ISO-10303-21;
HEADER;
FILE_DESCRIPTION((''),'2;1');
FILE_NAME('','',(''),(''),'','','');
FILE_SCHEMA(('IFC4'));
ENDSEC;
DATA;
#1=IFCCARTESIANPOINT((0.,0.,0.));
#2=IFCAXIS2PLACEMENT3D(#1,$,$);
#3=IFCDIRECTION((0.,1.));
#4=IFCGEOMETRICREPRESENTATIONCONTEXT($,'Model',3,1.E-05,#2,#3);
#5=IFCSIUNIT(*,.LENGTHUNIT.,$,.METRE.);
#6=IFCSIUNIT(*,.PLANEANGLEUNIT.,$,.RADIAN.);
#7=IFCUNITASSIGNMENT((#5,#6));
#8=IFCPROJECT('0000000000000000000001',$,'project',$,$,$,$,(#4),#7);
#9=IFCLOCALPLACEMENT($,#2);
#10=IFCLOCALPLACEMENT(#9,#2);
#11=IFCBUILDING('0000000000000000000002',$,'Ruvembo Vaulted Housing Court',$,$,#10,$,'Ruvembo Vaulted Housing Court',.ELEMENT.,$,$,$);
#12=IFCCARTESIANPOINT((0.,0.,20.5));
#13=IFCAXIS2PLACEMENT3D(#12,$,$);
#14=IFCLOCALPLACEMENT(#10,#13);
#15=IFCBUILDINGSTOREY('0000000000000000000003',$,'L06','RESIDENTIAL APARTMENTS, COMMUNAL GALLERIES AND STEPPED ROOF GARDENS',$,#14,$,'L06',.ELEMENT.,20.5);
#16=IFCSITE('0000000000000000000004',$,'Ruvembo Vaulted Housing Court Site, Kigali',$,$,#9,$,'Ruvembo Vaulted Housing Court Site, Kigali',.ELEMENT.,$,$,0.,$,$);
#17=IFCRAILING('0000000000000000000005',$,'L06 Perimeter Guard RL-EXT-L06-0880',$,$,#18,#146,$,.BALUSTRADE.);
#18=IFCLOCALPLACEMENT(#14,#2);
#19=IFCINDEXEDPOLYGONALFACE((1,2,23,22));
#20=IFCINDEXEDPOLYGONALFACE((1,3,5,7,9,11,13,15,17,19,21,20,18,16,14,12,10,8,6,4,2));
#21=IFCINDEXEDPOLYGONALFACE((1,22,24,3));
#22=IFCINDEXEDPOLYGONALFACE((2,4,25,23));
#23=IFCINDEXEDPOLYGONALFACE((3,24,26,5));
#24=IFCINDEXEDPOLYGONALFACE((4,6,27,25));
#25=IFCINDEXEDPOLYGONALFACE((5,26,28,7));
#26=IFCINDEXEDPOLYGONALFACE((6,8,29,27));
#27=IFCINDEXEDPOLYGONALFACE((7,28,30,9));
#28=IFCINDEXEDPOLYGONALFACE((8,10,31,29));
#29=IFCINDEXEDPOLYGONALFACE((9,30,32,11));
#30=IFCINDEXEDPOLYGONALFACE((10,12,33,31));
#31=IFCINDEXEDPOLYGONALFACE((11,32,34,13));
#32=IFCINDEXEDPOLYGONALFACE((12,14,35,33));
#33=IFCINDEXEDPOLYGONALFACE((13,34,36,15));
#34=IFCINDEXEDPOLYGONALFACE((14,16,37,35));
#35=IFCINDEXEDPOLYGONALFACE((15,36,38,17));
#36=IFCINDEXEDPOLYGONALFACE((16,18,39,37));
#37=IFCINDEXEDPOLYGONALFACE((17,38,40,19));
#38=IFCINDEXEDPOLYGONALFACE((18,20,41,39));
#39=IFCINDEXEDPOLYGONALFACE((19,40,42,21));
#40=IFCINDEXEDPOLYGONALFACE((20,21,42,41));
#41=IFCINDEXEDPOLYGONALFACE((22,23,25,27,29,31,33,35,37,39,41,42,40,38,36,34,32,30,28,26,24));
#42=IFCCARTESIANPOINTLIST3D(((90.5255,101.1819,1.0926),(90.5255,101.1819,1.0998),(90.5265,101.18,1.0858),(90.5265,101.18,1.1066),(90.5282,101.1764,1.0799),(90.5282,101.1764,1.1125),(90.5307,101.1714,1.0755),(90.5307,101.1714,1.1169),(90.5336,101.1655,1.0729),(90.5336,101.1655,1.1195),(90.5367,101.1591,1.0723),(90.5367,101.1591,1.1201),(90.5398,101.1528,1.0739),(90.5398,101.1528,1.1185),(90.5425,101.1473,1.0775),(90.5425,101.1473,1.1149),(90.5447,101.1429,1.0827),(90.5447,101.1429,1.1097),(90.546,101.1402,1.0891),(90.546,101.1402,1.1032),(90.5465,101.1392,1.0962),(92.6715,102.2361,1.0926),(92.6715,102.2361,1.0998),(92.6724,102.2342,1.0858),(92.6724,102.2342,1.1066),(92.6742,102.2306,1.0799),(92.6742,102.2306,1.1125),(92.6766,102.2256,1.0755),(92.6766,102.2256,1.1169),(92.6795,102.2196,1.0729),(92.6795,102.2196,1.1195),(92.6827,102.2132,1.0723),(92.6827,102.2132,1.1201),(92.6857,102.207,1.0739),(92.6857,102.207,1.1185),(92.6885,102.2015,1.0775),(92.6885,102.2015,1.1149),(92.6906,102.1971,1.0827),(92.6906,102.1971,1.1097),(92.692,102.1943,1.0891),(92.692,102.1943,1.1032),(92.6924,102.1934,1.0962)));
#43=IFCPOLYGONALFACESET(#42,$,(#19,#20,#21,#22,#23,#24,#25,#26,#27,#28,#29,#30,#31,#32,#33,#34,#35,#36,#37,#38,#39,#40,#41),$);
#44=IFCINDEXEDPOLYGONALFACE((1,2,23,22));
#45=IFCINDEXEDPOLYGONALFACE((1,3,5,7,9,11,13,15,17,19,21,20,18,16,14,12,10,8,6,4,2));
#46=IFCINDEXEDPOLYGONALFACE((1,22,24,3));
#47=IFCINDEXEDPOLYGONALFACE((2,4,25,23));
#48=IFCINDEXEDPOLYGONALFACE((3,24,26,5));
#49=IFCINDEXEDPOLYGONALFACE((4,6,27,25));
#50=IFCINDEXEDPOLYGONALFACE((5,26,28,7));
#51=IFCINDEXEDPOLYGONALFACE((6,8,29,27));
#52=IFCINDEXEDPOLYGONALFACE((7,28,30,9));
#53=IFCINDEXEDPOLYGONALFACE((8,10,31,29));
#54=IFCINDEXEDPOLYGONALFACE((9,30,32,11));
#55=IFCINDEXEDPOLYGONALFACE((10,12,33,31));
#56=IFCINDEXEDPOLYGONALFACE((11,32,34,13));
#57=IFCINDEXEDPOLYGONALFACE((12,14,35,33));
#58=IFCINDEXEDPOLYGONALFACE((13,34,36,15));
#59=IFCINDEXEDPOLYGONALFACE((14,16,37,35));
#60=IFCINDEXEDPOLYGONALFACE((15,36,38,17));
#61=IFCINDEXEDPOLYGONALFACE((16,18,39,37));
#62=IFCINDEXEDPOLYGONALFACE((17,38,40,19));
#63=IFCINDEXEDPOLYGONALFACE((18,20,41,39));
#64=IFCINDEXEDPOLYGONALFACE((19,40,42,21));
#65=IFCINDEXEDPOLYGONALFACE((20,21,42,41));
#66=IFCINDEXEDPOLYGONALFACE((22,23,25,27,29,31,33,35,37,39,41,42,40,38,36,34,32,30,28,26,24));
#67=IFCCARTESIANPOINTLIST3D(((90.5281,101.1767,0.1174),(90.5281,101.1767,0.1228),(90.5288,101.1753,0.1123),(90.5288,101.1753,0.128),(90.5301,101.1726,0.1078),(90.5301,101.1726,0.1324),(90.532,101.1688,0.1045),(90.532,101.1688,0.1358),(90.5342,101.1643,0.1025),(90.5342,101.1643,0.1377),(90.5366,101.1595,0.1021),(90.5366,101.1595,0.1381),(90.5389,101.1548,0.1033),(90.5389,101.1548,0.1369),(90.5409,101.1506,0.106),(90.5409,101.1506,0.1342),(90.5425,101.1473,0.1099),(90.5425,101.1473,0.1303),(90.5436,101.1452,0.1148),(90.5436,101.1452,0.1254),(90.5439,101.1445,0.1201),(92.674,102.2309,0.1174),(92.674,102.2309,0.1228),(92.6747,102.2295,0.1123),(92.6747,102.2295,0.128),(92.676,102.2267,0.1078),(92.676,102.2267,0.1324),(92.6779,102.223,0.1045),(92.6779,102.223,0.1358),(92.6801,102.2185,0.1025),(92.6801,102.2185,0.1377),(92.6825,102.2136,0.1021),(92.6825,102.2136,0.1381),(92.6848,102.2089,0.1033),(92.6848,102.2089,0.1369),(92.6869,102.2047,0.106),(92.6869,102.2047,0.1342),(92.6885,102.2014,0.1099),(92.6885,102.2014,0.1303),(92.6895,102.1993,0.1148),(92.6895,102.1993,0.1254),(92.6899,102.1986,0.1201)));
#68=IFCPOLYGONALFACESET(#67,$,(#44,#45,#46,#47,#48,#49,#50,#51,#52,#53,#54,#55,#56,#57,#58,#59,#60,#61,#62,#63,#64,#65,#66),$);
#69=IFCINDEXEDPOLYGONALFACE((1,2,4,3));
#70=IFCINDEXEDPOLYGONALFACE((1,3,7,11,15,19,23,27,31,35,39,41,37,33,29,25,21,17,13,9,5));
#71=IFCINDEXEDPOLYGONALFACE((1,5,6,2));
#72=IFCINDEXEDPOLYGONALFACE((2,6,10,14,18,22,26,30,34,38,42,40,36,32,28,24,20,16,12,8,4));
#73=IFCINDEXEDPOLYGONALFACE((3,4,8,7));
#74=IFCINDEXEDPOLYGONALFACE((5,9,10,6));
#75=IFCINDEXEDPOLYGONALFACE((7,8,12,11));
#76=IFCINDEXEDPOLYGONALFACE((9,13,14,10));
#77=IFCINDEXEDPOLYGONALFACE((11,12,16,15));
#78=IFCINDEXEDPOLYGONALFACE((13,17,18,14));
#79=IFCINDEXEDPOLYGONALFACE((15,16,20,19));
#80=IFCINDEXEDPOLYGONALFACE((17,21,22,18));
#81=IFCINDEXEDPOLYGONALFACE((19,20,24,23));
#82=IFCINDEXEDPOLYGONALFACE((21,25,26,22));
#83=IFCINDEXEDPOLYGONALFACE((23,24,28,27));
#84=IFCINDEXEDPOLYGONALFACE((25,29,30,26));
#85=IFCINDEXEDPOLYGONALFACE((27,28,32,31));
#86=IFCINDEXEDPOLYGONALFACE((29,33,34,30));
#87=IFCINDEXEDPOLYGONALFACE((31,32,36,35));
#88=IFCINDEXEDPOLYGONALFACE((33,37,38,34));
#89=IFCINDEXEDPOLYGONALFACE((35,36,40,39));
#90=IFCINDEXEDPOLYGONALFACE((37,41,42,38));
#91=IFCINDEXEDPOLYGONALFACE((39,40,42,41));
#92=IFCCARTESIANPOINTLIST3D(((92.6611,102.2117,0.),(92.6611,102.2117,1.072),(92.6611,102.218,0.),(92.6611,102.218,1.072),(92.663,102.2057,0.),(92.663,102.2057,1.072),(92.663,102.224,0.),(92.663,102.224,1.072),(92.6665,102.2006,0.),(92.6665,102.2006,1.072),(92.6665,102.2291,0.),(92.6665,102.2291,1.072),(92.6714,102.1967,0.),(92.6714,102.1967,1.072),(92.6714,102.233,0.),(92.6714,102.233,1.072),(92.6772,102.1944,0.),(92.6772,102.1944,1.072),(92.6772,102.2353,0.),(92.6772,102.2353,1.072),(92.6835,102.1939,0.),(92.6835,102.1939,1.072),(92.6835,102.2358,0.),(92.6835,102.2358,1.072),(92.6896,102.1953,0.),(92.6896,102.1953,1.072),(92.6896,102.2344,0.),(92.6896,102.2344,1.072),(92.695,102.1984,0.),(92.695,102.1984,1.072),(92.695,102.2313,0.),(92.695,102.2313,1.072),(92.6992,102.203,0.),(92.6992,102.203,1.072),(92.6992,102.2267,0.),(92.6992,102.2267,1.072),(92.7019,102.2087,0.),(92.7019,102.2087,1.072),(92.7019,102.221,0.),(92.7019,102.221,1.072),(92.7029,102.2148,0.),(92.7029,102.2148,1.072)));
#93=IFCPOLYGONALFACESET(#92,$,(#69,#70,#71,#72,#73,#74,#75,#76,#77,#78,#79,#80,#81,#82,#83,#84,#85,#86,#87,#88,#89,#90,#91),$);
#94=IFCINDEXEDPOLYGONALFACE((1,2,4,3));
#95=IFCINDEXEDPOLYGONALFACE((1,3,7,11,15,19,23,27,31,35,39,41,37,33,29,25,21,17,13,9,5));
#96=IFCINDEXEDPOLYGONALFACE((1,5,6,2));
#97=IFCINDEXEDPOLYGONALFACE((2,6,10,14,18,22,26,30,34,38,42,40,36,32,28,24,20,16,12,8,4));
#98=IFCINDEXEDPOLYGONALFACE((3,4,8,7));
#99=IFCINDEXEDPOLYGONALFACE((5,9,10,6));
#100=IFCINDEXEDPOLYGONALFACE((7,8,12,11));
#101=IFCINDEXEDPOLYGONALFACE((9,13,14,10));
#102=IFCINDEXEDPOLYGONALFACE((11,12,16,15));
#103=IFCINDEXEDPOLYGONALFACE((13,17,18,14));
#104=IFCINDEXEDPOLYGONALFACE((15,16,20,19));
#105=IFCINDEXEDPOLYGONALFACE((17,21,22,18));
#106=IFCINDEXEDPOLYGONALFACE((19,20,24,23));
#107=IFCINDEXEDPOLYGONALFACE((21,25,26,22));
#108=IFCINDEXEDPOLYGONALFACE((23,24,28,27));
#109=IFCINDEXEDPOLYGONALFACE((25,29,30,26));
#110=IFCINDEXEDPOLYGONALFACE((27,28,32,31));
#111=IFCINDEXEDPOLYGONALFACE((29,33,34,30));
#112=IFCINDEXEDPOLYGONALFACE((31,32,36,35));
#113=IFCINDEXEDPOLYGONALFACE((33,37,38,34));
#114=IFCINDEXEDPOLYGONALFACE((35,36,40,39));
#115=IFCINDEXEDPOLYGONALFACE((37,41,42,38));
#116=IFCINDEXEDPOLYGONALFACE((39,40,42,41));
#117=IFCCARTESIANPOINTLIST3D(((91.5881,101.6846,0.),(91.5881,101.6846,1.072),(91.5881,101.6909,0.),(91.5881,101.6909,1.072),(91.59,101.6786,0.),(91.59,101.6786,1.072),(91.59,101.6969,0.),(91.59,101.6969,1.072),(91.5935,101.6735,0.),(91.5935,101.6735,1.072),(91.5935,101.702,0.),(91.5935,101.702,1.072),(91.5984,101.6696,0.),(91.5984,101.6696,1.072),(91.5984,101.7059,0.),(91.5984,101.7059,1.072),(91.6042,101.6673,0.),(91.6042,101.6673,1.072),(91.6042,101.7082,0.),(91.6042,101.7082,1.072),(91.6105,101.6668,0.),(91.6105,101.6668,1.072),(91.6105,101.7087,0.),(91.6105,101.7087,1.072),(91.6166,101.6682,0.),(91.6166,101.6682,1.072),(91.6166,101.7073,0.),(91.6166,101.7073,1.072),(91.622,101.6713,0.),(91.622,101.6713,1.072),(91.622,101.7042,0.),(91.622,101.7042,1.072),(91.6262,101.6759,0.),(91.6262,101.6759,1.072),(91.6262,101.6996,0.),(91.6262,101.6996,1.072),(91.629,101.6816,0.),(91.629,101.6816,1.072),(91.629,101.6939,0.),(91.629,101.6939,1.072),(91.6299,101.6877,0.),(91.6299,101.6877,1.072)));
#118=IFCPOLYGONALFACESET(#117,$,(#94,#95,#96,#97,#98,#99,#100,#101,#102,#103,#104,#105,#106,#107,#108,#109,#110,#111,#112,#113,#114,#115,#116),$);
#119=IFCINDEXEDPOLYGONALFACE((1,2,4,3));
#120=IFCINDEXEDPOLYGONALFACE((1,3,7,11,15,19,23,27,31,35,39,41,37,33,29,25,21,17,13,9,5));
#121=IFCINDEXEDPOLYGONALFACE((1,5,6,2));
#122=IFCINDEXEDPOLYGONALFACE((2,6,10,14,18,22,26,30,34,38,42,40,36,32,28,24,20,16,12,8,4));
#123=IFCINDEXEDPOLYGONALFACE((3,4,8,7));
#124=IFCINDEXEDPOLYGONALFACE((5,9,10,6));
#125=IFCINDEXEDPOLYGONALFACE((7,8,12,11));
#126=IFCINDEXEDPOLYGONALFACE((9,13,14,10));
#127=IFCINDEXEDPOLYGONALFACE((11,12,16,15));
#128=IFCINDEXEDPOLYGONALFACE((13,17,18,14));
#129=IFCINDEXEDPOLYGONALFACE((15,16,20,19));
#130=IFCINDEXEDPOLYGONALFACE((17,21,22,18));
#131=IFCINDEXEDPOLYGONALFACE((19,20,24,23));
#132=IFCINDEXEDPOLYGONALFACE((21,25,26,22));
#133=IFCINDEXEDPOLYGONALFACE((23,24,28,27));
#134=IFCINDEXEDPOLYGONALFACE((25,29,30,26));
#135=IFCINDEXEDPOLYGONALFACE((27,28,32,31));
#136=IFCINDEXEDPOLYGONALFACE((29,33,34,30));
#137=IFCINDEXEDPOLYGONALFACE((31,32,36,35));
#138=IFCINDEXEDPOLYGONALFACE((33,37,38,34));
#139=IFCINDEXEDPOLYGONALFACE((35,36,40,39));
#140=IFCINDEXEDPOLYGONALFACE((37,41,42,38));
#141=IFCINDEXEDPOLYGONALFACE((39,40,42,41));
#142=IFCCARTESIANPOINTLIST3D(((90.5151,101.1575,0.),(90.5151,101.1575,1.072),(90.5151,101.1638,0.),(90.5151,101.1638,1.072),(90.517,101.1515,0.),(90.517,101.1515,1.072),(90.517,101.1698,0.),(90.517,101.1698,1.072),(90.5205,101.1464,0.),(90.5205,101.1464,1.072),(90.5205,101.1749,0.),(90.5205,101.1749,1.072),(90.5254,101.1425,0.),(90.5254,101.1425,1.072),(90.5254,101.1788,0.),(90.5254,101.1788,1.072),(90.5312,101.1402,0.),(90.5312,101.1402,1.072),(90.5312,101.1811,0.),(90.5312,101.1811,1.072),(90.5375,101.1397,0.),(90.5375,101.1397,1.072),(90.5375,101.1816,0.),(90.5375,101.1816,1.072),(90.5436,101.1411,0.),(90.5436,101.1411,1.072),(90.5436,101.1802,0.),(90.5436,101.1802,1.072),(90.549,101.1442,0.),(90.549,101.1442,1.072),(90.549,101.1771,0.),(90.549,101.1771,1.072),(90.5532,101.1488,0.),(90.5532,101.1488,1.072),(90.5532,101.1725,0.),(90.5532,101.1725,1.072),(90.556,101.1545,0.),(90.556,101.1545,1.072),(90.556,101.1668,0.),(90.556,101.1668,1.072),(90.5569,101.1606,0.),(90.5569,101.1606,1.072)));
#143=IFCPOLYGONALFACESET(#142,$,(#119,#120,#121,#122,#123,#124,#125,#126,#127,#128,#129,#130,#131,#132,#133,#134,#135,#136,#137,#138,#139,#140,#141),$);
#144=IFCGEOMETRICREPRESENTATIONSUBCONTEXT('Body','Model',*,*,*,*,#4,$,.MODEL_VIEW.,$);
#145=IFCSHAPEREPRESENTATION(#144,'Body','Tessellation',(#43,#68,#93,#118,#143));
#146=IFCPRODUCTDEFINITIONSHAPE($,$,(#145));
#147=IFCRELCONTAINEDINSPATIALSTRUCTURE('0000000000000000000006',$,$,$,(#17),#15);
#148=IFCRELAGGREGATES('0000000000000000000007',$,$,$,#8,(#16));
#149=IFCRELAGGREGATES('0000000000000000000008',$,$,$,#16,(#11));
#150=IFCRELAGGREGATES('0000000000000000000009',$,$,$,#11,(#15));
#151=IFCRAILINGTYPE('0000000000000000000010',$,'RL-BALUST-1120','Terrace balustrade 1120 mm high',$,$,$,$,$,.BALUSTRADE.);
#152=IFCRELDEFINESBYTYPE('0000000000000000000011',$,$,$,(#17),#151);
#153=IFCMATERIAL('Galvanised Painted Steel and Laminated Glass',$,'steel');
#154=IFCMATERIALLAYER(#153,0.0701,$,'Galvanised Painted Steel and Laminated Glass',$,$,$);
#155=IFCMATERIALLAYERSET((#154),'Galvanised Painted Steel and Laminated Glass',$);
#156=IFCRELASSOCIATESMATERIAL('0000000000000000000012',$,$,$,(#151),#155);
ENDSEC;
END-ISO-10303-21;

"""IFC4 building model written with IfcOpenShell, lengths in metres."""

from ifc_helpers import new_model, si_unit, direction, frame, origin, origin_2d, place, context, subcontext, project, spatial, circle, extrude, material, layer, layer_set, type_object, element, save


model = new_model("IFC4")

# Units and contexts
model_context = context("Model", 3, precision=1e-05, world=origin(), true_north=direction((0.0, 1.0)))
body_context = subcontext(model_context, "Body", "Model", "MODEL_VIEW")
ifc_project = project(units=[si_unit("LENGTHUNIT", "METRE"), si_unit("PLANEANGLEUNIT", "RADIAN")], contexts=[model_context])

# Site, building, storey
site_placement = place(None, origin())
site = spatial("IfcSite", under=ifc_project, at=site_placement, Name="Ruvembo Vaulted Housing Court Site, Kigali", LongName="Ruvembo Vaulted Housing Court Site, Kigali", CompositionType="ELEMENT", RefElevation=0.0)
building_placement = place(site_placement, origin())
building = spatial("IfcBuilding", under=site, at=building_placement, Name="Ruvembo Vaulted Housing Court", LongName="Ruvembo Vaulted Housing Court", CompositionType="ELEMENT")
storey_placement = place(building_placement, frame((0.0, 0.0, 20.5)))
storey = spatial("IfcBuildingStorey", under=building, at=storey_placement, Name="L06", Description="RESIDENTIAL APARTMENTS, COMMUNAL GALLERIES AND STEPPED ROOF GARDENS", LongName="L06", CompositionType="ELEMENT", Elevation=20.5)

# Railing
ifc_material_1 = material(Name="Galvanised Painted Steel and Laminated Glass", Category="steel")
ifc_layer_1 = layer(ifc_material_1, 0.0701, Name="Galvanised Painted Steel and Laminated Glass")
ifc_layer_set_1 = layer_set([ifc_layer_1], Name="Galvanised Painted Steel and Laminated Glass")
railing_type = type_object("IfcRailingType", Name="RL-BALUST-1120", Description="Terrace balustrade 1120 mm high", PredefinedType="BALUSTRADE", material=ifc_layer_set_1)
railing_1_placement = place(storey_placement, frame((92.6819, 102.2148, 0.0)))
element("IfcRailing", 1, at=railing_1_placement, inside=storey, type_object=railing_type, Name="L06 Perimeter Guard RL-EXT-L06-0880", PredefinedType="BALUSTRADE", context=body_context, shape_type="SweptSolid", body=[
    extrude(circle(Radius=0.0239, at=origin_2d()), frame((0.0, 0.0, 1.0962), z_axis=(-0.89755, -0.440913, 0.0), x_axis=(0.440913, -0.89755, 0.0)), (0.0, 0.0, 1.0), 2.3909),
    extrude(circle(Radius=0.0181, at=origin_2d()), frame((0.0, 0.0, 0.1201), z_axis=(-0.89755, -0.440913, 0.0), x_axis=(0.440913, -0.89755, 0.0)), (0.0, 0.0, 1.0), 2.3909),
    extrude(circle(Radius=0.021, at=origin_2d()), origin(), (0.0, 0.0, 1.0), 1.072),
    extrude(circle(Radius=0.021, at=origin_2d()), frame((-1.073, -0.5271, 0.0)), (0.0, 0.0, 1.0), 1.072),
    extrude(circle(Radius=0.021, at=origin_2d()), frame((-2.146, -1.0542, 0.0)), (0.0, 0.0, 1.0), 1.072),
])

save(model, "model.ifc")
